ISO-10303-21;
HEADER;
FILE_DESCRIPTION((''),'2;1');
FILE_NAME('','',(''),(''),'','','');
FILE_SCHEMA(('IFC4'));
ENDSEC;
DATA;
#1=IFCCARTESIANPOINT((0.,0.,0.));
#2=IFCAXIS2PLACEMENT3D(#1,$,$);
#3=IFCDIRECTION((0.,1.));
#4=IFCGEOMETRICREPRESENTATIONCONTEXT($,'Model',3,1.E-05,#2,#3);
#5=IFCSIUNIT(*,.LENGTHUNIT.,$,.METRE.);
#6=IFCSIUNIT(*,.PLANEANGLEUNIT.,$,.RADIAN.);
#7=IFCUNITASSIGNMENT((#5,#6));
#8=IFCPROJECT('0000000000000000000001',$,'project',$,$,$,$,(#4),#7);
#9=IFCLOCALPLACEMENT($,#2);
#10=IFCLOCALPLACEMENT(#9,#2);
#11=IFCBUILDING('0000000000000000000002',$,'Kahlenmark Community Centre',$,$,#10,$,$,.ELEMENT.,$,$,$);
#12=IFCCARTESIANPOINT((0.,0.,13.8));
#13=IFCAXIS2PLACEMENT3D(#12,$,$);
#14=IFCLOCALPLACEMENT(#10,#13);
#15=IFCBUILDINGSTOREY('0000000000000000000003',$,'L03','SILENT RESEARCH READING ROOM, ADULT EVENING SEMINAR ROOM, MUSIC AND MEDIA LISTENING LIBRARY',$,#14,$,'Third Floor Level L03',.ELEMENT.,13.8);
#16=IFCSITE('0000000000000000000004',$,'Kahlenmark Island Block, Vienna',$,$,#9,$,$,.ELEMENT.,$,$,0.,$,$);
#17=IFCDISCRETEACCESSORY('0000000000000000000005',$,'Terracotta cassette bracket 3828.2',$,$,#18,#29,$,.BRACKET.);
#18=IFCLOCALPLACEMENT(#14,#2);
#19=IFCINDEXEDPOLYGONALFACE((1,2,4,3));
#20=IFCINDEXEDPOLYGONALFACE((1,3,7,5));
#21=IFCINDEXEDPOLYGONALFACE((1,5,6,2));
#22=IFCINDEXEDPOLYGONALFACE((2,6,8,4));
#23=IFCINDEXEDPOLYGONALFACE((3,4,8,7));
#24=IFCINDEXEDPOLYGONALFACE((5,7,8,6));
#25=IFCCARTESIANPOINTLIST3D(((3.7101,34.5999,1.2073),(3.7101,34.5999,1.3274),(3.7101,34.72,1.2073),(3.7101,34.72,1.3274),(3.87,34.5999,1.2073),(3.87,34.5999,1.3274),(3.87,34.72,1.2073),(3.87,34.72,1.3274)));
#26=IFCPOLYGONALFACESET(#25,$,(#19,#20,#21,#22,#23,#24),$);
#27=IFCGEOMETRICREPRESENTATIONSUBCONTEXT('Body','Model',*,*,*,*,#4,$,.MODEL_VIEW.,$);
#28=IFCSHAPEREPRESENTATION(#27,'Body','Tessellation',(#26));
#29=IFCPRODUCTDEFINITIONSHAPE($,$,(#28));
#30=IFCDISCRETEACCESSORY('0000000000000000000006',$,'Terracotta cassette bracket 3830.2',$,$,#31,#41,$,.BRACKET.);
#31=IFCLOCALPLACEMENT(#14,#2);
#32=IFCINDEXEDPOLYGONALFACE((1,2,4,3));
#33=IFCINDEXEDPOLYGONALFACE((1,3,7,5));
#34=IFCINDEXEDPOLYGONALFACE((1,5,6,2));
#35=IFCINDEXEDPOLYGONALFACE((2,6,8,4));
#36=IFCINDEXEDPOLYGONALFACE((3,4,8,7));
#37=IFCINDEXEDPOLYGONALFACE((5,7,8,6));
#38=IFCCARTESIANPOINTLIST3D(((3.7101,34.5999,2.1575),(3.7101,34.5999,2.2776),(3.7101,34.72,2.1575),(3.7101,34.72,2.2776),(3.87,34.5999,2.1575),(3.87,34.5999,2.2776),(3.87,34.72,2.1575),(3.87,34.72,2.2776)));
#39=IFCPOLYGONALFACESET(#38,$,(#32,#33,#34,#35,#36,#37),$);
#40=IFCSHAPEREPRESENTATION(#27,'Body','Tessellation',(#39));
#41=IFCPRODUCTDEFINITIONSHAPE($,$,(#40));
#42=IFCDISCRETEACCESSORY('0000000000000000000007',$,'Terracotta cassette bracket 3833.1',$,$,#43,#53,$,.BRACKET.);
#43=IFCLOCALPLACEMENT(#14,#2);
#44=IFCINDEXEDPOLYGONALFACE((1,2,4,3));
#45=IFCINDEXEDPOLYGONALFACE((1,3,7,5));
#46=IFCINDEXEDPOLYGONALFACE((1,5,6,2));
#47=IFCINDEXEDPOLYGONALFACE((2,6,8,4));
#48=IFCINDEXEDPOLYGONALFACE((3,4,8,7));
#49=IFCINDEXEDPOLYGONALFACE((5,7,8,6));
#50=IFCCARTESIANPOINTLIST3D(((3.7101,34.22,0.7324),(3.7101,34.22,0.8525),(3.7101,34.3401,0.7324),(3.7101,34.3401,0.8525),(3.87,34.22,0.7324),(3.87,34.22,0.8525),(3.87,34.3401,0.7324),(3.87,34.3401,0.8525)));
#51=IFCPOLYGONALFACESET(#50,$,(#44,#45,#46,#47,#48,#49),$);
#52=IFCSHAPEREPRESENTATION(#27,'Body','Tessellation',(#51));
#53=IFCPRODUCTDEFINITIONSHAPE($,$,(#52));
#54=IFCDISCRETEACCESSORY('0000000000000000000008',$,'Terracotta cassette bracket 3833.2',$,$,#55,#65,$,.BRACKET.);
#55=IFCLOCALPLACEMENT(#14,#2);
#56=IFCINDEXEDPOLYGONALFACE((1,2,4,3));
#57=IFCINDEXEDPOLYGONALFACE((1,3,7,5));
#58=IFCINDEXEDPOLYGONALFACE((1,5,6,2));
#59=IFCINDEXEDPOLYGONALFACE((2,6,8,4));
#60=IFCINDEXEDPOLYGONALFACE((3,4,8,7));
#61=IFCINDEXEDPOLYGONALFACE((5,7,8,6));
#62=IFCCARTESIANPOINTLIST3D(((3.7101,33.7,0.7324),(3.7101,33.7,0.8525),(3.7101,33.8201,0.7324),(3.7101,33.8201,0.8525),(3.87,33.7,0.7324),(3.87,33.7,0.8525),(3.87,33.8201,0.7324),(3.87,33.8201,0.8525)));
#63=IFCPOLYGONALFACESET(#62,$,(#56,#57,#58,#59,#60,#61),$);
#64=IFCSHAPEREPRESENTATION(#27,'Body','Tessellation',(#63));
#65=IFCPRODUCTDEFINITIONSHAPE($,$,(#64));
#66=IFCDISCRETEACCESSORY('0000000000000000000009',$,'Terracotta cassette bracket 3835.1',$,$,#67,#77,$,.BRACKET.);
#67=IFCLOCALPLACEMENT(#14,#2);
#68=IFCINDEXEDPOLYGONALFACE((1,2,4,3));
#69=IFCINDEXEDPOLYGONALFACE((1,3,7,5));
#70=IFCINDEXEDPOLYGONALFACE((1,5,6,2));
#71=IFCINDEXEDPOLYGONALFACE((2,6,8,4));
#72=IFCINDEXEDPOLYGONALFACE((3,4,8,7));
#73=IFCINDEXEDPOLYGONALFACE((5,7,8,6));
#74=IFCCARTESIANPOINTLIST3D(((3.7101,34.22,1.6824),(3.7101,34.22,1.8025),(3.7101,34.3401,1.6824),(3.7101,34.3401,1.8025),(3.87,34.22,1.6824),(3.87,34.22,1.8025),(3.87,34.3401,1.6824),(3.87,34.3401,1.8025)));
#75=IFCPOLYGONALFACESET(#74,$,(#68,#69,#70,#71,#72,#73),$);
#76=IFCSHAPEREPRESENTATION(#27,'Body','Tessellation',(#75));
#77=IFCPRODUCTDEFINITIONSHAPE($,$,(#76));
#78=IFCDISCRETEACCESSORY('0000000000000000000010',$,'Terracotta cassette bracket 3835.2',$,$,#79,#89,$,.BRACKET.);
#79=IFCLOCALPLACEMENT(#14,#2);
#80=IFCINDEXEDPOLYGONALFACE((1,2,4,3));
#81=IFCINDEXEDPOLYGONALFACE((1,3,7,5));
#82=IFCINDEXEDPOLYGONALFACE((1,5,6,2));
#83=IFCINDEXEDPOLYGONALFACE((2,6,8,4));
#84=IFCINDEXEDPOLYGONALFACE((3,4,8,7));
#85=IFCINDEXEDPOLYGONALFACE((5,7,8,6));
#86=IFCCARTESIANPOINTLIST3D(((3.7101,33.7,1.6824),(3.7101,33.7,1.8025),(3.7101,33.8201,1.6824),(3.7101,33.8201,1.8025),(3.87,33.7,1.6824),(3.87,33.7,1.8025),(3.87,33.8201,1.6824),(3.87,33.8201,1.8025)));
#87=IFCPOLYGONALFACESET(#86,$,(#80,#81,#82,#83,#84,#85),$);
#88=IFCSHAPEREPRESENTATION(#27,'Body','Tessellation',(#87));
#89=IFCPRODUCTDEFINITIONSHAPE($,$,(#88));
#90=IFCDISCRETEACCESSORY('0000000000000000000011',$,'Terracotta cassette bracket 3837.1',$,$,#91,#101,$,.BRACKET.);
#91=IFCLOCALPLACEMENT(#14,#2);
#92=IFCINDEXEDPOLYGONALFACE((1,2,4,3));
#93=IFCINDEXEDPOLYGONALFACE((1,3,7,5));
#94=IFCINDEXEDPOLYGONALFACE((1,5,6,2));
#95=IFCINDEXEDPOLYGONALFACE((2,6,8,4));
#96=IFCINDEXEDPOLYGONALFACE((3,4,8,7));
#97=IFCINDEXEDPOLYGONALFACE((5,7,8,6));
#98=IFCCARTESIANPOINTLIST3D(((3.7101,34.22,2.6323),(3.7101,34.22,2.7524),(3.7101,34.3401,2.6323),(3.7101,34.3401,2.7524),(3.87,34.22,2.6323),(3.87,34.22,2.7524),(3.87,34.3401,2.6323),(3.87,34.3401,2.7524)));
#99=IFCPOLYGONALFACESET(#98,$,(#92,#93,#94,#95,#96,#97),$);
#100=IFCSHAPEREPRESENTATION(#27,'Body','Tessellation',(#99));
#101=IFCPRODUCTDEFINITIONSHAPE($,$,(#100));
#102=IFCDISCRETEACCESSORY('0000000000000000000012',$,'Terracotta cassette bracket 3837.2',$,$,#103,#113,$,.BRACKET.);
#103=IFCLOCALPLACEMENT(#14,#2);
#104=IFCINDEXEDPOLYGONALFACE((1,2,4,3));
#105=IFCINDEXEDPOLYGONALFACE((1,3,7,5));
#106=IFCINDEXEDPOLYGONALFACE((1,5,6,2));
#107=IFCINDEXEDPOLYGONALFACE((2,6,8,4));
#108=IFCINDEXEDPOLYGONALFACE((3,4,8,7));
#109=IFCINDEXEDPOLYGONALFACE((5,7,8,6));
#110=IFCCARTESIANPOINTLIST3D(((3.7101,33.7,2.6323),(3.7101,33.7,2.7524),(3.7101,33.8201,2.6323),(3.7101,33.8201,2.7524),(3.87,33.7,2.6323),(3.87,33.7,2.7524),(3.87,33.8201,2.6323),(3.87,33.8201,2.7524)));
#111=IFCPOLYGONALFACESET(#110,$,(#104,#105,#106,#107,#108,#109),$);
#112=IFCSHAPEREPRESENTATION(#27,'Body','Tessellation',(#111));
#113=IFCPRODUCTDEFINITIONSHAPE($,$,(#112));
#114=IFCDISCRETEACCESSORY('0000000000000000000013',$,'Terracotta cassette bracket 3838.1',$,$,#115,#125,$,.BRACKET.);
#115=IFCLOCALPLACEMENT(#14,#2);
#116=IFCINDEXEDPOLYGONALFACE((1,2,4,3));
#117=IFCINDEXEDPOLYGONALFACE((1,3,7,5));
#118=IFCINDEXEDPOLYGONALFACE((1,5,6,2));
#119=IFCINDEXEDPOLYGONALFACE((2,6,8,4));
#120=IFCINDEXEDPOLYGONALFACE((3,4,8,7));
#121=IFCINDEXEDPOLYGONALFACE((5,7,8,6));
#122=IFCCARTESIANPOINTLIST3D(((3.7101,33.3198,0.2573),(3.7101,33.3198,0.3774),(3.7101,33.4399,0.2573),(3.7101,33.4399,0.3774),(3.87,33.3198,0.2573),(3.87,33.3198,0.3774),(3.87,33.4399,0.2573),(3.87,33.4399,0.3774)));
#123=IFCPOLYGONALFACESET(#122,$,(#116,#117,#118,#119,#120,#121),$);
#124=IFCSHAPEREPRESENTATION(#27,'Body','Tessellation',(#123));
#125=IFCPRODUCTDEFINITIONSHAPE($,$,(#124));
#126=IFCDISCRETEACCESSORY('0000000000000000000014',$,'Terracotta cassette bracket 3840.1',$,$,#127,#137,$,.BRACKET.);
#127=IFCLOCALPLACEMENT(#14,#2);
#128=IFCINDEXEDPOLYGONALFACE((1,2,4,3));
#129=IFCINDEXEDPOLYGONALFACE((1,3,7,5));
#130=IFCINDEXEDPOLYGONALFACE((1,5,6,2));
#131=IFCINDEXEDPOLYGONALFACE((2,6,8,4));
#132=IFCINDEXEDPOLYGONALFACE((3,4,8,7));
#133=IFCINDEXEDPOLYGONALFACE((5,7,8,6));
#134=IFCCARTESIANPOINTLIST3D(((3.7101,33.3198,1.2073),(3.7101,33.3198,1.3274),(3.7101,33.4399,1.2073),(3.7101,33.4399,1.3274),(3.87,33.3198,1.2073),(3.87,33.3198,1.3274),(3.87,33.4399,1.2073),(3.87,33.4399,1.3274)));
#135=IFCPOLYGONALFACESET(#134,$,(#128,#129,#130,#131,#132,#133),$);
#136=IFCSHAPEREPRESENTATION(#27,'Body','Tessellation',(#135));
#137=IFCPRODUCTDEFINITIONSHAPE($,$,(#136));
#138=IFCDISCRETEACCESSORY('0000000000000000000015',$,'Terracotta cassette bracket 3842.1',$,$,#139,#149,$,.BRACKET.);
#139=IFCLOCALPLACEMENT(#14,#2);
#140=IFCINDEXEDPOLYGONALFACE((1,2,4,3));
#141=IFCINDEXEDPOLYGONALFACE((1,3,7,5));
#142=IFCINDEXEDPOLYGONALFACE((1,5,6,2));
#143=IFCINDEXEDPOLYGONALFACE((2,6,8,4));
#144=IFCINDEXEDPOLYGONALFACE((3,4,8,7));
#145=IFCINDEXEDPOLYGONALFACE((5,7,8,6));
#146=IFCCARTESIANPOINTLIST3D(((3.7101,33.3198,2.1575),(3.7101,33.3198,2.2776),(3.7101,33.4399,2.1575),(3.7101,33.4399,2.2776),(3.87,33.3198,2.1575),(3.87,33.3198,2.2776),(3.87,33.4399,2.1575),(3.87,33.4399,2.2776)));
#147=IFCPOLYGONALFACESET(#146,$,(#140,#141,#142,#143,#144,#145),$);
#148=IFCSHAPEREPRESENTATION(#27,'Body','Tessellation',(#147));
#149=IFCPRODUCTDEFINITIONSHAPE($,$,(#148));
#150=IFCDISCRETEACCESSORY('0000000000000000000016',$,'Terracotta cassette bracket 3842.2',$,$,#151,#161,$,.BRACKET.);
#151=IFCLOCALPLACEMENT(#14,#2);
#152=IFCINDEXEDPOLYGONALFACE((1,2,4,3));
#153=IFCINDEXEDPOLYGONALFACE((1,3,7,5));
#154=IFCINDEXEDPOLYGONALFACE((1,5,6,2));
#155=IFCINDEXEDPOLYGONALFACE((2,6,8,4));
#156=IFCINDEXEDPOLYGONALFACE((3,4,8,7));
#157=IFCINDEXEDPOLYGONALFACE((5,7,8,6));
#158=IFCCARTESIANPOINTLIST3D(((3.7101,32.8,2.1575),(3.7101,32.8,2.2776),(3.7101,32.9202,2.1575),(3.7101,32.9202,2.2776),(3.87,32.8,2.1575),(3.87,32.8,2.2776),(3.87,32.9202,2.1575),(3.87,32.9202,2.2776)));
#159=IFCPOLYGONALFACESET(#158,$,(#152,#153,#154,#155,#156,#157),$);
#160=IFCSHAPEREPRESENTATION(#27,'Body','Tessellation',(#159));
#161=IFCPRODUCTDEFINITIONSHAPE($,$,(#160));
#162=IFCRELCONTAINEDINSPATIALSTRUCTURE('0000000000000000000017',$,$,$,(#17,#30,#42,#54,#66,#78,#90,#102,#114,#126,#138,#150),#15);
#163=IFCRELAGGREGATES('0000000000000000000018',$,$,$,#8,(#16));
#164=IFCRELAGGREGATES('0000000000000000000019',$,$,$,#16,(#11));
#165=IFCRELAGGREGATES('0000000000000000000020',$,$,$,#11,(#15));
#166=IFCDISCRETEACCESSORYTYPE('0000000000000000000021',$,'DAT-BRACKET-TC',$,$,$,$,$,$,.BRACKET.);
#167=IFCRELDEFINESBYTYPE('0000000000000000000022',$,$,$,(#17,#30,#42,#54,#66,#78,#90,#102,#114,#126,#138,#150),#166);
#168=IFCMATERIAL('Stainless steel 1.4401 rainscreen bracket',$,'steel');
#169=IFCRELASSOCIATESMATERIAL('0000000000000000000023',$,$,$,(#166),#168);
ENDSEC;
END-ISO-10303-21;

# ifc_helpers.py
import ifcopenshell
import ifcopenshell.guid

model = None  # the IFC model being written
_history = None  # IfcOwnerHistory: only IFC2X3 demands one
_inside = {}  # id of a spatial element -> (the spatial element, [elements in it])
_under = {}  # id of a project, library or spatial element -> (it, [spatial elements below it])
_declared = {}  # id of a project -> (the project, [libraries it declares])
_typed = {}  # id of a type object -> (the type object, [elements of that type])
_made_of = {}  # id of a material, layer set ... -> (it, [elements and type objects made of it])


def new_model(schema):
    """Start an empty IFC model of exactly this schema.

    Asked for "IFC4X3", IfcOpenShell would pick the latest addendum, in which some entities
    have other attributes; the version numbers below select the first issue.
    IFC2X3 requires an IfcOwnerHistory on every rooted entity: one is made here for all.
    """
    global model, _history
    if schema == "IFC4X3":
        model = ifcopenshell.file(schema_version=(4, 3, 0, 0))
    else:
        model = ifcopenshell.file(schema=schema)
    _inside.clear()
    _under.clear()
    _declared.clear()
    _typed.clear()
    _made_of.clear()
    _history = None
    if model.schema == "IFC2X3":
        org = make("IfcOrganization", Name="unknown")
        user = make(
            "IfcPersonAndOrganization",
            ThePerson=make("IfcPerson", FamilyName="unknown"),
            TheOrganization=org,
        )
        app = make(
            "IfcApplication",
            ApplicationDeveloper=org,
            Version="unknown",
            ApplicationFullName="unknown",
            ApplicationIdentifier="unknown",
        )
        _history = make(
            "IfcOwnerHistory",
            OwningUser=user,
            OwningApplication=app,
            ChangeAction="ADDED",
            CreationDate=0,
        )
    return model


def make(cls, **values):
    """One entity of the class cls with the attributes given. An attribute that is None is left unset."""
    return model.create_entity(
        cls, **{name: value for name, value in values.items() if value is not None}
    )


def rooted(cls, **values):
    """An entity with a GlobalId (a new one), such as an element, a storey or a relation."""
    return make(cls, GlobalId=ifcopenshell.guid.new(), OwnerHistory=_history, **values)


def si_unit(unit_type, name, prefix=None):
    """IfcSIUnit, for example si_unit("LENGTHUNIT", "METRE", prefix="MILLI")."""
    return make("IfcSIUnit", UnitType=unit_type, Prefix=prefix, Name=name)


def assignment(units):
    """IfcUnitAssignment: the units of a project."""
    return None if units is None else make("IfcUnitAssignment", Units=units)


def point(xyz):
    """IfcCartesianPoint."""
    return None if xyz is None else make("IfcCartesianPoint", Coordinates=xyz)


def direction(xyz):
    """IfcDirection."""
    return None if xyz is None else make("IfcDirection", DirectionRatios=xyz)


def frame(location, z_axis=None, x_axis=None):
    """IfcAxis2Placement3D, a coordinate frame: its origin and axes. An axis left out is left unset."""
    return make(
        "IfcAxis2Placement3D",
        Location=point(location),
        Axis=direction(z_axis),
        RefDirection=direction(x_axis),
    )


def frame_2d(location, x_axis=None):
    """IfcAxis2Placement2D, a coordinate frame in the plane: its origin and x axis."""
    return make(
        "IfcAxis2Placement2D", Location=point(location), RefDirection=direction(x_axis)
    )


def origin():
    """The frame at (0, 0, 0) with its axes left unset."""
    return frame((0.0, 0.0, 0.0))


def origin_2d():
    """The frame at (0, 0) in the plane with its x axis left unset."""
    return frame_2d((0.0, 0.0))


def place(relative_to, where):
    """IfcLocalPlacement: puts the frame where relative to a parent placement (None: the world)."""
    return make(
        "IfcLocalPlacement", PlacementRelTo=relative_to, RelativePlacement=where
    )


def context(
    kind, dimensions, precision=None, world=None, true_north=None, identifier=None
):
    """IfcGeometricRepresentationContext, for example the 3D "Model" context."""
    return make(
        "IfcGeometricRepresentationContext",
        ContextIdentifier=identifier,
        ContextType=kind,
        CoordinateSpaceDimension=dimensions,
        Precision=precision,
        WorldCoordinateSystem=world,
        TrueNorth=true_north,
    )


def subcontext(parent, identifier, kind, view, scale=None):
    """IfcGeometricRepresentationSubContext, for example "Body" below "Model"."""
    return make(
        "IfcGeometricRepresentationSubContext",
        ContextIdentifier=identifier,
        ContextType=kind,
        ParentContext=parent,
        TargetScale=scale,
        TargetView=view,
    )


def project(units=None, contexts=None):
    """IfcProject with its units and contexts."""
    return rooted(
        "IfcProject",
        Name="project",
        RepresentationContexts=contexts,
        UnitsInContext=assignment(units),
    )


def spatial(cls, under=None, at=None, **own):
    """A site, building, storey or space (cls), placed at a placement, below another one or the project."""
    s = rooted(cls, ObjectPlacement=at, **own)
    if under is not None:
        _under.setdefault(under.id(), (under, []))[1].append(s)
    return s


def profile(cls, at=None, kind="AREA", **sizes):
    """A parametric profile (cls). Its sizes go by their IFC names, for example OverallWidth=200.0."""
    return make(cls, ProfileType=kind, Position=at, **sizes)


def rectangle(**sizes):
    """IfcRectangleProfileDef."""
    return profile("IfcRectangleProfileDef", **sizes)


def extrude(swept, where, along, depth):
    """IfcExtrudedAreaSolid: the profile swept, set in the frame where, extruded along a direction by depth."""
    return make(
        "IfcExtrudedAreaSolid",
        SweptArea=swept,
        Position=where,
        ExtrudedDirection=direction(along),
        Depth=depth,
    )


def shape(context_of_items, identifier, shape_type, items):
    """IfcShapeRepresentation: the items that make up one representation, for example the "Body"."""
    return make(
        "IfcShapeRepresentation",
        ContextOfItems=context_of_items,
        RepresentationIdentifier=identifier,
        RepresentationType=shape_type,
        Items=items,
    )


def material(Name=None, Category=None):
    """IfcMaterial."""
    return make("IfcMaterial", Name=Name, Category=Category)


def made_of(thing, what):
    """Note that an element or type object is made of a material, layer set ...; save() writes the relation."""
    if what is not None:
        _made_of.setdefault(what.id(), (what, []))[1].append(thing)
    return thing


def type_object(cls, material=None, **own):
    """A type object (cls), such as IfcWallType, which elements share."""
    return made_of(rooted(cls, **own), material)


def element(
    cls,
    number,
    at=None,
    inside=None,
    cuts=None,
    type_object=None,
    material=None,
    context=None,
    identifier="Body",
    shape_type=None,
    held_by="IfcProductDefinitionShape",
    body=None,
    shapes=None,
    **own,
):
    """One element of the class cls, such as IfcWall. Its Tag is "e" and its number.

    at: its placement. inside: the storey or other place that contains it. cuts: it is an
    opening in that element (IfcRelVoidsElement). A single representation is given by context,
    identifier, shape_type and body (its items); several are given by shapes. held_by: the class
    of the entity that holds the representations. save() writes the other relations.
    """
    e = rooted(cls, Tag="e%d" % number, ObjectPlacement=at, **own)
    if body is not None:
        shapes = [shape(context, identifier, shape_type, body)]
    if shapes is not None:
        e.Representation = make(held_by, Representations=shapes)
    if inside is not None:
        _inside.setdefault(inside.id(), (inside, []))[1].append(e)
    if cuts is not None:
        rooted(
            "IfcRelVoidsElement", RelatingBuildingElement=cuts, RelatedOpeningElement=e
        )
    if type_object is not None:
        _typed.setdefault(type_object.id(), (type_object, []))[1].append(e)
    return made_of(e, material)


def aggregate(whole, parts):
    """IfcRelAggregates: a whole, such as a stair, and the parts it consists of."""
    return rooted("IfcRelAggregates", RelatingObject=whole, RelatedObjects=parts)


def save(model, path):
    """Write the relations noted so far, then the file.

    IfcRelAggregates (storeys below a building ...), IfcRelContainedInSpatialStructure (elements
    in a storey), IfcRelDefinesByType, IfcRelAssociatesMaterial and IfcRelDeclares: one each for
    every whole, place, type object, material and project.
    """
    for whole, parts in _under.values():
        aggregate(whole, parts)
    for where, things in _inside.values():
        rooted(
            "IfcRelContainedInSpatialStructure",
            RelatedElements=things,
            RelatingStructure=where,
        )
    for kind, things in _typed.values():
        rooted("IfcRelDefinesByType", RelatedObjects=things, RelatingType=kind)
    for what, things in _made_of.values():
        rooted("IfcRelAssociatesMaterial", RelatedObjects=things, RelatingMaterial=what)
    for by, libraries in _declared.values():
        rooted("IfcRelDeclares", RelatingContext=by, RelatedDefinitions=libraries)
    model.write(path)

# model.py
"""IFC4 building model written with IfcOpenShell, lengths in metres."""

from ifc_helpers import new_model, si_unit, direction, frame, origin, origin_2d, place, context, subcontext, project, spatial, rectangle, extrude, material, type_object, element, save


model = new_model("IFC4")

# Units and contexts
model_context = context("Model", 3, precision=1e-05, world=origin(), true_north=direction((0.0, 1.0)))
body_context = subcontext(model_context, "Body", "Model", "MODEL_VIEW")
ifc_project = project(units=[si_unit("LENGTHUNIT", "METRE"), si_unit("PLANEANGLEUNIT", "RADIAN")], contexts=[model_context])

# Site, building, storey
site_placement = place(None, origin())
site = spatial("IfcSite", under=ifc_project, at=site_placement, Name="Kahlenmark Island Block, Vienna", CompositionType="ELEMENT", RefElevation=0.0)
building_placement = place(site_placement, origin())
building = spatial("IfcBuilding", under=site, at=building_placement, Name="Kahlenmark Community Centre", CompositionType="ELEMENT")
storey_placement = place(building_placement, frame((0.0, 0.0, 13.8)))
storey = spatial("IfcBuildingStorey", under=building, at=storey_placement, Name="L03", Description="SILENT RESEARCH READING ROOM, ADULT EVENING SEMINAR ROOM, MUSIC AND MEDIA LISTENING LIBRARY", LongName="Third Floor Level L03", CompositionType="ELEMENT", Elevation=13.8)

# Discrete accessories
ifc_material_1 = material(Name="Stainless steel 1.4401 rainscreen bracket", Category="steel")
discrete_accessory_type = type_object("IfcDiscreteAccessoryType", Name="DAT-BRACKET-TC", PredefinedType="BRACKET", material=ifc_material_1)
for number, where, z_axis, x_axis, name in (
    (1, (3.79, 34.6599, 1.2073), (0.0, 0.0, 1.0), (0.0, -1.0, 0.0), "Terracotta cassette bracket 3828.2"),
    (2, (3.79, 34.6599, 2.1575), (0.0, 0.0, 1.0), (0.0, -1.0, 0.0), "Terracotta cassette bracket 3830.2"),
    (3, (3.79, 34.28, 0.7324), (0.0, 0.0, 1.0), (0.0, -1.0, 0.0), "Terracotta cassette bracket 3833.1"),
    (4, (3.79, 33.76, 0.7324), (0.0, 0.0, 1.0), (0.0, -1.0, 0.0), "Terracotta cassette bracket 3833.2"),
    (5, (3.79, 34.28, 1.6824), (0.0, 0.0, 1.0), (0.0, -1.0, 0.0), "Terracotta cassette bracket 3835.1"),
    (6, (3.79, 33.76, 1.6824), (0.0, 0.0, 1.0), (0.0, -1.0, 0.0), "Terracotta cassette bracket 3835.2"),
    (7, (3.79, 34.28, 2.6323), (0.0, 0.0, 1.0), (0.0, -1.0, 0.0), "Terracotta cassette bracket 3837.1"),
    (8, (3.79, 33.76, 2.6323), (0.0, 0.0, 1.0), (0.0, -1.0, 0.0), "Terracotta cassette bracket 3837.2"),
    (9, (3.79, 33.3799, 0.2573), (0.0, 0.0, 1.0), (0.0, -1.0, 0.0), "Terracotta cassette bracket 3838.1"),
    (10, (3.79, 33.3799, 1.2073), (0.0, 0.0, 1.0), (0.0, -1.0, 0.0), "Terracotta cassette bracket 3840.1"),
    (11, (3.79, 33.3799, 2.1575), (0.0, 0.0, 1.0), (0.0, -1.0, 0.0), "Terracotta cassette bracket 3842.1"),
    (12, (3.79, 32.8601, 2.1575), (0.0, 0.0, 1.0), (0.0, -1.0, 0.0), "Terracotta cassette bracket 3842.2"),
):
    element("IfcDiscreteAccessory", number, at=place(storey_placement, frame(where, z_axis=z_axis, x_axis=x_axis)), inside=storey, type_object=discrete_accessory_type, Name=name, PredefinedType="BRACKET", context=body_context, shape_type="SweptSolid", body=[
        extrude(rectangle(XDim=0.1201, YDim=0.1599, at=origin_2d()), origin(), (0.0, 0.0, 1.0), 0.1201),
    ])

save(model, "model.ifc")
